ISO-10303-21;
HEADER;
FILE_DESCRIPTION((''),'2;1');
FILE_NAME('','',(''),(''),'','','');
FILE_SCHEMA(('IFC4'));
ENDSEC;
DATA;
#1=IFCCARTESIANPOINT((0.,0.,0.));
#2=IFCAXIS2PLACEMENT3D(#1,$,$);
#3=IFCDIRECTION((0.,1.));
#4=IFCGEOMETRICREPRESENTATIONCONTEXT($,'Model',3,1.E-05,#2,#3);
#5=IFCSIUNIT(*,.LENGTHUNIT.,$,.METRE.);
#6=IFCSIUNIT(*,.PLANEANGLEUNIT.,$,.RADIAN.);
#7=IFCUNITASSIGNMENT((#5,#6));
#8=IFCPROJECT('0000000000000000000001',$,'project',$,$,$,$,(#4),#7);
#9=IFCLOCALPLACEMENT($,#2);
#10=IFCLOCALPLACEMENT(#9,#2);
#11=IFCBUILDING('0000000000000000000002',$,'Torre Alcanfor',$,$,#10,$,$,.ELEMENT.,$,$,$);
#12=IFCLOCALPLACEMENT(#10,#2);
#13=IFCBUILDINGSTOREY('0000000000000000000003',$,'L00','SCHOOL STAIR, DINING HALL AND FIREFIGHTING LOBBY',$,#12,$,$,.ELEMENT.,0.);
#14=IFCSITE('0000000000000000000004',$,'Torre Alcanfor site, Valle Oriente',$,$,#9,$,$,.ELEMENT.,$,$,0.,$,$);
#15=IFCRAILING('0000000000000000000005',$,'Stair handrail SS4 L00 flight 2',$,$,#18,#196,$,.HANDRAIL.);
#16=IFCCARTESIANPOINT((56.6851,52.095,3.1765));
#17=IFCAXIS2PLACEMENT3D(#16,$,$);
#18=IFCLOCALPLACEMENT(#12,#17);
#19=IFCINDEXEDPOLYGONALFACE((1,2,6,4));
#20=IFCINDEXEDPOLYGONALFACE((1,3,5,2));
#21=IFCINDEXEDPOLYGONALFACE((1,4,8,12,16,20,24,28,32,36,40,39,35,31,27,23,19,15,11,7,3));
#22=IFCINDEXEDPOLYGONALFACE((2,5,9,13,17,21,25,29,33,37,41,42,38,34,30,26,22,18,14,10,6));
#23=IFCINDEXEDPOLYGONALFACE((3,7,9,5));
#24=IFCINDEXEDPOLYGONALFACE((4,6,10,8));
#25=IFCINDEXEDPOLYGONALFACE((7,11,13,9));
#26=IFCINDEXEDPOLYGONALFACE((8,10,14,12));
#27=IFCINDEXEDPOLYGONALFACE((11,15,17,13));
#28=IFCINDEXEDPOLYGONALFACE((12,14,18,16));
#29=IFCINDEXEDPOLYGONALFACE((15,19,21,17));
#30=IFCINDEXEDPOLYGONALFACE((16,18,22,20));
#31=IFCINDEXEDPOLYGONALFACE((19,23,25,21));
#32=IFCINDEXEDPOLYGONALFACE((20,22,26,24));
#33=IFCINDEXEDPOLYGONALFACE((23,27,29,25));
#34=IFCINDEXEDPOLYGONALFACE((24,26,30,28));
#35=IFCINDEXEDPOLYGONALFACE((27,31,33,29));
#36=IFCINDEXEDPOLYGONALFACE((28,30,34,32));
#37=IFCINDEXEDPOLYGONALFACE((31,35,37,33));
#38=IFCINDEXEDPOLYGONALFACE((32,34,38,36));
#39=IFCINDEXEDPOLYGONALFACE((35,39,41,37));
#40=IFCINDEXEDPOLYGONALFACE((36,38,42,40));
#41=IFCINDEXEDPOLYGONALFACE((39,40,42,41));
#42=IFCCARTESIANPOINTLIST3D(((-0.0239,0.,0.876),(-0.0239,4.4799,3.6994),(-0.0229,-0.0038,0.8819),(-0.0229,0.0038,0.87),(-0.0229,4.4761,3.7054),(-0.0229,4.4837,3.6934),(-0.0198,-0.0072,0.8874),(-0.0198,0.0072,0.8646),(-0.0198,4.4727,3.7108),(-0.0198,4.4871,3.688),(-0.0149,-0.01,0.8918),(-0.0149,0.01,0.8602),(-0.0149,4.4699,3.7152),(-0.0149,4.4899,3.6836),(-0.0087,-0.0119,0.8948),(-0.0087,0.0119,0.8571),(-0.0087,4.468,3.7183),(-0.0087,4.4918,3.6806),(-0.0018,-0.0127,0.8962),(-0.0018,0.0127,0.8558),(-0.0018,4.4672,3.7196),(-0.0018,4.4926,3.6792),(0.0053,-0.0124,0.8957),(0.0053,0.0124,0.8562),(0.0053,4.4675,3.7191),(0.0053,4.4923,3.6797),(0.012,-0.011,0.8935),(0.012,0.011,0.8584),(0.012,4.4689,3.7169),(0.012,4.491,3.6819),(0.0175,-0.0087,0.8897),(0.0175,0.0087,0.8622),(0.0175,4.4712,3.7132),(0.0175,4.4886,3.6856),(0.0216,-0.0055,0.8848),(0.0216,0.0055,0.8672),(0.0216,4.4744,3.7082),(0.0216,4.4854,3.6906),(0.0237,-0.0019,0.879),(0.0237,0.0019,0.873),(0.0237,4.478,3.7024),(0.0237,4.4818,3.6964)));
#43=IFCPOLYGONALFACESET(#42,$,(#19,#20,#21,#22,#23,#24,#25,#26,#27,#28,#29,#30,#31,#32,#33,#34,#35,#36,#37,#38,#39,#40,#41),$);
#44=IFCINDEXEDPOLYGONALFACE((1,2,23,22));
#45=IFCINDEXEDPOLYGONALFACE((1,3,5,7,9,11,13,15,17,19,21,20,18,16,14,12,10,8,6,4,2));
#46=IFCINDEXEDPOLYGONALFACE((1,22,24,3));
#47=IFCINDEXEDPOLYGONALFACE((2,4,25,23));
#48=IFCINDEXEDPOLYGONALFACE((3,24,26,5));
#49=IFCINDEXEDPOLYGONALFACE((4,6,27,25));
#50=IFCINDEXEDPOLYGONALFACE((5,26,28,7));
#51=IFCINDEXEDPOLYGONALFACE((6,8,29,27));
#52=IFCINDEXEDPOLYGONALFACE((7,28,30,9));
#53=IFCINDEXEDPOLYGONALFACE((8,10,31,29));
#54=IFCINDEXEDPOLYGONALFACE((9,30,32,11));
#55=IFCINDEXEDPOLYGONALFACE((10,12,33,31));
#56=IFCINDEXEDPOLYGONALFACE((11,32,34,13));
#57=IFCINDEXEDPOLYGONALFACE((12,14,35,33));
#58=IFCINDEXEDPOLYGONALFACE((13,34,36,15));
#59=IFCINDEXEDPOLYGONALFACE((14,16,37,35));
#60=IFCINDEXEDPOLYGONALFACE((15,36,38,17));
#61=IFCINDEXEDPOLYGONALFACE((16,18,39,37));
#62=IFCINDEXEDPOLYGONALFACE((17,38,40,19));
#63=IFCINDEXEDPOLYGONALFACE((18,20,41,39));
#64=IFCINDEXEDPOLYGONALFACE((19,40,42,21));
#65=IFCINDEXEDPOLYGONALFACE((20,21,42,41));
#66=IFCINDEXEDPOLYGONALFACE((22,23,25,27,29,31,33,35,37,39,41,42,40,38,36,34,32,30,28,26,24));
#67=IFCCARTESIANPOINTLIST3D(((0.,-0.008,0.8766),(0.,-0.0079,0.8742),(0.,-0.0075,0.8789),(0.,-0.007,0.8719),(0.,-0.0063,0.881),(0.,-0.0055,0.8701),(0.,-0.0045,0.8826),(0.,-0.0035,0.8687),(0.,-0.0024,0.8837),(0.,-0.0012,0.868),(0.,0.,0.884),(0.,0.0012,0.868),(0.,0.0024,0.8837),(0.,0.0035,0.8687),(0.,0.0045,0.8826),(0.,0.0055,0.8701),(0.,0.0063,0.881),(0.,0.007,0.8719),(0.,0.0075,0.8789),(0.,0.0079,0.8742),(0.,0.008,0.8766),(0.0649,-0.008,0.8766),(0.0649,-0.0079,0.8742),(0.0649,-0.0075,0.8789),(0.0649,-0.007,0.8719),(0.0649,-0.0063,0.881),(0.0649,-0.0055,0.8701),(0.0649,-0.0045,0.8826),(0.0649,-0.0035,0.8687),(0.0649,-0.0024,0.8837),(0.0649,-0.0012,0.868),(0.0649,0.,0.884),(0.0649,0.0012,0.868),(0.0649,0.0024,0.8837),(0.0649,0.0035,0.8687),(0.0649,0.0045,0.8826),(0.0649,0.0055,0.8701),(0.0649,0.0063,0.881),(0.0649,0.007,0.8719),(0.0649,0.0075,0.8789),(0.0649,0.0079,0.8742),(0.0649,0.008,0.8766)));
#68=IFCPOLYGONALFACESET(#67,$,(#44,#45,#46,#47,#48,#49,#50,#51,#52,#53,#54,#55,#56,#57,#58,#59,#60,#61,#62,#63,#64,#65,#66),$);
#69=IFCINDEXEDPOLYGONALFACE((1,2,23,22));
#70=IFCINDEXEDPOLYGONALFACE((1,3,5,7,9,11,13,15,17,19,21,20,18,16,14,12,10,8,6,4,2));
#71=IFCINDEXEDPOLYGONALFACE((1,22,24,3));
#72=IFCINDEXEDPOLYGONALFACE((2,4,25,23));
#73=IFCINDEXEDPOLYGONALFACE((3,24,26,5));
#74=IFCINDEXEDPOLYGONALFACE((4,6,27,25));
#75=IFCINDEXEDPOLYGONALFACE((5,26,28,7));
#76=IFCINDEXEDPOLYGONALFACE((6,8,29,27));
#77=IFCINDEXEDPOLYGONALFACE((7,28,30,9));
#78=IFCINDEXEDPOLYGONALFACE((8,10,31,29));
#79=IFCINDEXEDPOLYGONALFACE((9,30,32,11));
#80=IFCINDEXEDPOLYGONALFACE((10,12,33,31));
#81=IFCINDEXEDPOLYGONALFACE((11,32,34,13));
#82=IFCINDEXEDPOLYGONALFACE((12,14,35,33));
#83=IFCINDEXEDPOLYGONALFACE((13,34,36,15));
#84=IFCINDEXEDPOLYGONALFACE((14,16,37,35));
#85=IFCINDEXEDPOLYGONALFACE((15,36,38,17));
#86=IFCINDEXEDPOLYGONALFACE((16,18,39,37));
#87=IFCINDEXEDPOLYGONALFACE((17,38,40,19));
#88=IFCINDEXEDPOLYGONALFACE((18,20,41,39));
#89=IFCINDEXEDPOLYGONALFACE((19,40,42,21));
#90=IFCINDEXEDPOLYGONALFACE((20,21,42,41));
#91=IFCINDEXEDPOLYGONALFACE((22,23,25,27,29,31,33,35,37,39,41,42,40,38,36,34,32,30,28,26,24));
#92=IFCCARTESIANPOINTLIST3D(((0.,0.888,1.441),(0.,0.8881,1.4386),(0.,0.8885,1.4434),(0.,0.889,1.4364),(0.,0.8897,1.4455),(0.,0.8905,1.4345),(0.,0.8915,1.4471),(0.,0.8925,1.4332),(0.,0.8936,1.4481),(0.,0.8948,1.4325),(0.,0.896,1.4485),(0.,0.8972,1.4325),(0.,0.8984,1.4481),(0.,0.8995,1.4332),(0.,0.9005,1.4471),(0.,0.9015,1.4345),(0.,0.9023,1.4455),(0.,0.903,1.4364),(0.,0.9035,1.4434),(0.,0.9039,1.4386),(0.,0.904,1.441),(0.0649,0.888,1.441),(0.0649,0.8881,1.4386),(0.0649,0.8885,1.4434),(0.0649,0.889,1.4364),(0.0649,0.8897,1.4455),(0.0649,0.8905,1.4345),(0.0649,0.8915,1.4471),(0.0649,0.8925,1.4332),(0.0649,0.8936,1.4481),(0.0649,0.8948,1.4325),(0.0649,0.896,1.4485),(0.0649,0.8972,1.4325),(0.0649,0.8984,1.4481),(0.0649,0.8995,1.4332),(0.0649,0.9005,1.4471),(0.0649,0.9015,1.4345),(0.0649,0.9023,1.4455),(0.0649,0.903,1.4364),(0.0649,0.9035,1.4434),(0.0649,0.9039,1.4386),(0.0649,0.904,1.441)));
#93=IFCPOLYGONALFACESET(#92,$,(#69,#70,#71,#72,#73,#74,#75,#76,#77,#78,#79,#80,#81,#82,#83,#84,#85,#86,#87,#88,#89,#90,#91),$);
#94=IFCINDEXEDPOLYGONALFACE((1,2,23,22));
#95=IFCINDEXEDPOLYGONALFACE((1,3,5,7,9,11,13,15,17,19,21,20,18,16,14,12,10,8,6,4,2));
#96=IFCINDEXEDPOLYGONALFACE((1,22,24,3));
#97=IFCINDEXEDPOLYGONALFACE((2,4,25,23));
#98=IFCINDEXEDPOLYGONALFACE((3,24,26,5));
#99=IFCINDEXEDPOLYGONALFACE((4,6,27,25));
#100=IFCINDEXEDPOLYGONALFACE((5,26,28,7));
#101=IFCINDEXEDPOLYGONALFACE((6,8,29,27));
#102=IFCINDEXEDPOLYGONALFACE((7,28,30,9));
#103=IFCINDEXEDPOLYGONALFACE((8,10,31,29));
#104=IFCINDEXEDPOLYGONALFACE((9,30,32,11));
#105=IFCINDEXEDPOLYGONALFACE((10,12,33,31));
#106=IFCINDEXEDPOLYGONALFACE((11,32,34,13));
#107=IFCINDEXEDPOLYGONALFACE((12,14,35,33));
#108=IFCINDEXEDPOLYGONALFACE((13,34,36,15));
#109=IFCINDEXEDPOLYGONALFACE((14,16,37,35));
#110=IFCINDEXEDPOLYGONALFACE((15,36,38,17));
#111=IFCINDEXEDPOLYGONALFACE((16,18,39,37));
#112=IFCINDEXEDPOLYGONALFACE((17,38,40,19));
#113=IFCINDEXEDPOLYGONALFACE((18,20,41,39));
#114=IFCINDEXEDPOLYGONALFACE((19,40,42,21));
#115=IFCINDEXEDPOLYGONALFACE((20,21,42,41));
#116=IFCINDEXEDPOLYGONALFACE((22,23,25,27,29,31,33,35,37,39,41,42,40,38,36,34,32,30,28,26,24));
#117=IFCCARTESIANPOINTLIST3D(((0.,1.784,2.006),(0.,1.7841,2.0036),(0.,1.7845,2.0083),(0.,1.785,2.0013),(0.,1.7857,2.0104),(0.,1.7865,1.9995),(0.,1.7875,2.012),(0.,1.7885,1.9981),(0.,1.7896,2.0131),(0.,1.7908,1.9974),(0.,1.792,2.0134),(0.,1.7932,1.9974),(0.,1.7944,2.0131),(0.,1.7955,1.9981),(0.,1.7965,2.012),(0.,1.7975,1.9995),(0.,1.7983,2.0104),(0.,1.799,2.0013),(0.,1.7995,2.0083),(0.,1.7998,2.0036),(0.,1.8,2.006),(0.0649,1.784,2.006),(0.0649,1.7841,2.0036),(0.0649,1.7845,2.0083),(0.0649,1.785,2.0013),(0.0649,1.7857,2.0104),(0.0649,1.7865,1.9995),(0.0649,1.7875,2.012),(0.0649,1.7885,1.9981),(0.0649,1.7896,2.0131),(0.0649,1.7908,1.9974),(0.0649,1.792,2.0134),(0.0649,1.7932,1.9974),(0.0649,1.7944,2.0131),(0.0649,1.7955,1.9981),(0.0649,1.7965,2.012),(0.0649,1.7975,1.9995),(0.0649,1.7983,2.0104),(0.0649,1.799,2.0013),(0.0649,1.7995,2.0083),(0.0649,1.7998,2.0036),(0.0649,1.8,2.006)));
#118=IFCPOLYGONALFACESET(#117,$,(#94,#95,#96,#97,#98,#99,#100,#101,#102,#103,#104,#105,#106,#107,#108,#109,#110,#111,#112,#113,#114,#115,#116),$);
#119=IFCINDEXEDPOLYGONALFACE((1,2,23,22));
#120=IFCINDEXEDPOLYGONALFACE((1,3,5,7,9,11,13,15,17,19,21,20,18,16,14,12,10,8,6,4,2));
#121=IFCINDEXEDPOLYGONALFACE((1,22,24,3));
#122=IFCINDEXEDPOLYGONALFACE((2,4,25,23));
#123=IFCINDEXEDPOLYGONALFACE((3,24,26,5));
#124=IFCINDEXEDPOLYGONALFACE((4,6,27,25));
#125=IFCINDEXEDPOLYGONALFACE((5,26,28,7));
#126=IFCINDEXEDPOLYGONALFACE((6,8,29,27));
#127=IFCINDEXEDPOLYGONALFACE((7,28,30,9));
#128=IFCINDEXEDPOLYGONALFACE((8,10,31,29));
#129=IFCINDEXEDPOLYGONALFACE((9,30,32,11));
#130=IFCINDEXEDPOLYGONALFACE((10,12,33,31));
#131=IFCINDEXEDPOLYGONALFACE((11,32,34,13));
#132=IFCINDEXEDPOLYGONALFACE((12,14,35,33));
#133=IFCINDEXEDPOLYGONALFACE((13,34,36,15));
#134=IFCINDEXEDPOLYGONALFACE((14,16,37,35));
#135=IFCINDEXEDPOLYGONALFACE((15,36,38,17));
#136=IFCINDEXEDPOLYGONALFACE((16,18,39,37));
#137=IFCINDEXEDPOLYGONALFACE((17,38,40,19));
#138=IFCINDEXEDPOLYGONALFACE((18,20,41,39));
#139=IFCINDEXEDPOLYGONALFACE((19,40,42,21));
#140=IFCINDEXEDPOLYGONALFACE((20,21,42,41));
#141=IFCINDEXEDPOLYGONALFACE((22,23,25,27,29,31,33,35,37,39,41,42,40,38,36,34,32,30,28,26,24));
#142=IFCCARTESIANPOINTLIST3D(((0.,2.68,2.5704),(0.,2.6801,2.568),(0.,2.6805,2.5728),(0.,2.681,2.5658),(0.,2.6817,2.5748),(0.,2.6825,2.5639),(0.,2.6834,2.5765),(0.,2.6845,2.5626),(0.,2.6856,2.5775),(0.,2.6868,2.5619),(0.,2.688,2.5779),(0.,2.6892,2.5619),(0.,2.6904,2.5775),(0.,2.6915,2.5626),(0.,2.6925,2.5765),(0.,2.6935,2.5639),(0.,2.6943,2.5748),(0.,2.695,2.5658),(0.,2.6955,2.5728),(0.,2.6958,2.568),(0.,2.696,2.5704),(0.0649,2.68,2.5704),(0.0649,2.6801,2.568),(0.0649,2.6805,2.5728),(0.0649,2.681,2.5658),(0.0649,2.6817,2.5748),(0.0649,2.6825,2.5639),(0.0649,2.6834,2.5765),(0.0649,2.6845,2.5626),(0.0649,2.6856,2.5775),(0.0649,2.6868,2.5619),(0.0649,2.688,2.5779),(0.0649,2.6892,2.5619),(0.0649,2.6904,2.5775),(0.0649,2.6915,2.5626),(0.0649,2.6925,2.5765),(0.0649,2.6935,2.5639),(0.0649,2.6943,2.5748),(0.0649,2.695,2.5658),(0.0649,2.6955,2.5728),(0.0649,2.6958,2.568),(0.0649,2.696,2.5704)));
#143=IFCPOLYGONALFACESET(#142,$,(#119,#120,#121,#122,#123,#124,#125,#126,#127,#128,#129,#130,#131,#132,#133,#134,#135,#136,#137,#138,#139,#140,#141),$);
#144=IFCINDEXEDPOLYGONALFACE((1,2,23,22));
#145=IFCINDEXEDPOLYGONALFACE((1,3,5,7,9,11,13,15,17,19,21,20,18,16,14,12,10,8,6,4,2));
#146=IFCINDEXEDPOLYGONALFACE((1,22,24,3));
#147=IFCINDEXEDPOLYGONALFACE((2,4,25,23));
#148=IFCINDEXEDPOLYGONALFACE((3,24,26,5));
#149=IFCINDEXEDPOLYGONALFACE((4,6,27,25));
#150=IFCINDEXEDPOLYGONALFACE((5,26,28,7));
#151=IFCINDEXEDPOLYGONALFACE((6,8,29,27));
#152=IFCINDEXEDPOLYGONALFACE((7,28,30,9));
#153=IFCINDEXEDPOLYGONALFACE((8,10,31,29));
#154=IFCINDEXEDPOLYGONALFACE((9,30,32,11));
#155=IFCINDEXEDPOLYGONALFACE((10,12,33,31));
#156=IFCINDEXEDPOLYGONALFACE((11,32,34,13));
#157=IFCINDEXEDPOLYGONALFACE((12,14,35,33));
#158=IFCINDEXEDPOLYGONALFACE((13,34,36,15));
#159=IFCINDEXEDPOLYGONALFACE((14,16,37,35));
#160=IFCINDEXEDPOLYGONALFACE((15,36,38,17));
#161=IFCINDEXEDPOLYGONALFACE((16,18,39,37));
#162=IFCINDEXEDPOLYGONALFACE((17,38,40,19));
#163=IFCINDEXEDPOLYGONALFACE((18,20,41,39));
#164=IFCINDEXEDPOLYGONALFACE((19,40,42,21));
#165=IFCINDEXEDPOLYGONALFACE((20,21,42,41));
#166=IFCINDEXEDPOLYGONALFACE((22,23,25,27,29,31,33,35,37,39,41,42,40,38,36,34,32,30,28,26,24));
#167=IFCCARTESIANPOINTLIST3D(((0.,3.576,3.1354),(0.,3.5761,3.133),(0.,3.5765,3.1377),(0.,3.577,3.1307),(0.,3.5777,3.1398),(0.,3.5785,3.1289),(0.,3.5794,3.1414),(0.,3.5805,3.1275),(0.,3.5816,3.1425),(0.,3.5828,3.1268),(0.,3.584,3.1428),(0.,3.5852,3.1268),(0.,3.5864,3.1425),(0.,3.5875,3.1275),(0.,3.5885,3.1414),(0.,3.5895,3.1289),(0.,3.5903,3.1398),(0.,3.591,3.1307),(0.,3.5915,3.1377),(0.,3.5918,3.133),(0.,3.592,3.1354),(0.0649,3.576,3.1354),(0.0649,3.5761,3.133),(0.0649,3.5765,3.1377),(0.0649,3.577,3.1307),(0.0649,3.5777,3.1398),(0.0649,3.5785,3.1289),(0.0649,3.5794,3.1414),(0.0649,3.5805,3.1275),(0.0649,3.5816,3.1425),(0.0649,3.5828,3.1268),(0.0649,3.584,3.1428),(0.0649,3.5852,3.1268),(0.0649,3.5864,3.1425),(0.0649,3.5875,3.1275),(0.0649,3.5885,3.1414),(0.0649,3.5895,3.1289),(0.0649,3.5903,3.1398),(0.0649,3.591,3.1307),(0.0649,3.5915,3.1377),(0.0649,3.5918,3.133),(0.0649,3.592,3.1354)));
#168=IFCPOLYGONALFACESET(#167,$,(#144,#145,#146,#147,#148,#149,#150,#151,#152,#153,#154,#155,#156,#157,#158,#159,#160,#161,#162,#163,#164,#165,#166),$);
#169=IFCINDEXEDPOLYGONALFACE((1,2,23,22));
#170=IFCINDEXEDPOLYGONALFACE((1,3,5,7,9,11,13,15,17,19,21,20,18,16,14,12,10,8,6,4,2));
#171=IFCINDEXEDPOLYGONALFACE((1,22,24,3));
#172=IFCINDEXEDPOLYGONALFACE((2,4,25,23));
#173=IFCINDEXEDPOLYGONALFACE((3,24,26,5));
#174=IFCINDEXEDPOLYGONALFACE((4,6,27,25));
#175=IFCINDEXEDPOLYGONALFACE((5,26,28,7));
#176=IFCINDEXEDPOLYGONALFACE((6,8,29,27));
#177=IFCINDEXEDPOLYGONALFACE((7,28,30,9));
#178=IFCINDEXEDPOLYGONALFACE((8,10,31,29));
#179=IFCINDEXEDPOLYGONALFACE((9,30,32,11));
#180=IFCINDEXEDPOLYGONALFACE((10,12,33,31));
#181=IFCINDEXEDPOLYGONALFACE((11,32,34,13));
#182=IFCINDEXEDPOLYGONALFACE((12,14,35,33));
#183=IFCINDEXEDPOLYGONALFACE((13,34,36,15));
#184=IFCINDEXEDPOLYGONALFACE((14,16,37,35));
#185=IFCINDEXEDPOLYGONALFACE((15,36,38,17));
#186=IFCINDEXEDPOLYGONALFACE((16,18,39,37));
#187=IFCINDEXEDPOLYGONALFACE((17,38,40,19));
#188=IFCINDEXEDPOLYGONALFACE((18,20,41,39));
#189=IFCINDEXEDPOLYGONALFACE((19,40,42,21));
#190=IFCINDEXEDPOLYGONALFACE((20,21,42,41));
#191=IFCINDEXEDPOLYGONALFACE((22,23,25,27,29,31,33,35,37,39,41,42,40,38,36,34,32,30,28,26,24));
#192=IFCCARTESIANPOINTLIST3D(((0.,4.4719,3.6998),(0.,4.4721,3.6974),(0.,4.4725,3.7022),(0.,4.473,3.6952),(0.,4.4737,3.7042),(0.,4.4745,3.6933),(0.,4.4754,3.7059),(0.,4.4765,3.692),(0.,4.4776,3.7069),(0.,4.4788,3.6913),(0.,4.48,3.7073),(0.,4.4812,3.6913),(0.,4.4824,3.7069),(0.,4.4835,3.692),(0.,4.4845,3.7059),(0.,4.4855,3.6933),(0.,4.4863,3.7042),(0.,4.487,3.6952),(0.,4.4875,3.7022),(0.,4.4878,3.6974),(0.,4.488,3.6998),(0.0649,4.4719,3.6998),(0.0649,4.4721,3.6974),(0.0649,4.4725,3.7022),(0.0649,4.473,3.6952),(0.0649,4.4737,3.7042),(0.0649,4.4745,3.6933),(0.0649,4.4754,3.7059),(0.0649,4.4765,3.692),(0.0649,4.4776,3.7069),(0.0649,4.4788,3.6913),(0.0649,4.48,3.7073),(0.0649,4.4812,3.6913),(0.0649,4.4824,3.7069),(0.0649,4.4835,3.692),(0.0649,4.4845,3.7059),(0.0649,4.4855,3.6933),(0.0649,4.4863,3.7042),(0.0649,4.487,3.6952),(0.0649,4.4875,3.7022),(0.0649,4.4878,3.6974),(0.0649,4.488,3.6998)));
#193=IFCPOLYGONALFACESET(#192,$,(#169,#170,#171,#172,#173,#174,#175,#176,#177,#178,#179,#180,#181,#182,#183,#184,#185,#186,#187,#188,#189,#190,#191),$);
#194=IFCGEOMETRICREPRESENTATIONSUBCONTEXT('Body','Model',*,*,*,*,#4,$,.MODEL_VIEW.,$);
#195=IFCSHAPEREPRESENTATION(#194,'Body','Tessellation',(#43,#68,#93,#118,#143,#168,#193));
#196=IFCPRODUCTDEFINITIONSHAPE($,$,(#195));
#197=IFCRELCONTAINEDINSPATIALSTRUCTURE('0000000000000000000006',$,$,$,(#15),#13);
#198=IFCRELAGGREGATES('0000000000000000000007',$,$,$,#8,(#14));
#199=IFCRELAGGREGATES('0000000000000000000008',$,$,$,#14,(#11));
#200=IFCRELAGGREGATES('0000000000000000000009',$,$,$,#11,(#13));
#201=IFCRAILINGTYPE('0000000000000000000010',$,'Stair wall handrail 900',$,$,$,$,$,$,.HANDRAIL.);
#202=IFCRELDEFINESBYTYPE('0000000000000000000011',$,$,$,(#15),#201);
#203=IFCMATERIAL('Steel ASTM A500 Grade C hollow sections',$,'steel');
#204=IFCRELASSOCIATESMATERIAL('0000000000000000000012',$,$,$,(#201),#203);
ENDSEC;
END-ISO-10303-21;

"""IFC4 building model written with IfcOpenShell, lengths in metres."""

from ifc_helpers import new_model, si_unit, direction, frame, origin, origin_2d, place, context, subcontext, project, spatial, circle, extrude, material, type_object, element, save


model = new_model("IFC4")

# Units and contexts
model_context = context("Model", 3, precision=1e-05, world=origin(), true_north=direction((0.0, 1.0)))
body_context = subcontext(model_context, "Body", "Model", "MODEL_VIEW")
ifc_project = project(units=[si_unit("LENGTHUNIT", "METRE"), si_unit("PLANEANGLEUNIT", "RADIAN")], contexts=[model_context])

# Site, building, storey
site_placement = place(None, origin())
site = spatial("IfcSite", under=ifc_project, at=site_placement, Name="Torre Alcanfor site, Valle Oriente", CompositionType="ELEMENT", RefElevation=0.0)
building_placement = place(site_placement, origin())
building = spatial("IfcBuilding", under=site, at=building_placement, Name="Torre Alcanfor", CompositionType="ELEMENT")
storey_placement = place(building_placement, origin())
storey = spatial("IfcBuildingStorey", under=building, at=storey_placement, Name="L00", Description="SCHOOL STAIR, DINING HALL AND FIREFIGHTING LOBBY", CompositionType="ELEMENT", Elevation=0.0)

# Railing
ifc_material_1 = material(Name="Steel ASTM A500 Grade C hollow sections", Category="steel")
railing_type_1 = type_object("IfcRailingType", Name="Stair wall handrail 900", PredefinedType="HANDRAIL", material=ifc_material_1)
railing_1_placement = place(storey_placement, frame((56.6851, 52.095, 3.1765)))
element("IfcRailing", 1, at=railing_1_placement, inside=storey, type_object=railing_type_1, Name="Stair handrail SS4 L00 flight 2", PredefinedType="HANDRAIL", context=body_context, shape_type="SweptSolid", body=[
    extrude(circle(Radius=0.0239, at=origin_2d()), frame((0.0, 0.0, 0.876), z_axis=(0.0, 0.845998, 0.533186), x_axis=(-1.0, 0.0, 0.0)), (0.0, 0.0, 1.0), 5.2954),
    extrude(circle(Radius=0.0081, at=origin_2d()), frame((0.0, 0.0, 0.876), z_axis=(1.0, 0.0, 0.0), x_axis=(0.0, 0.0, 1.0)), (0.0, 0.0, 1.0), 0.0649),
    extrude(circle(Radius=0.0081, at=origin_2d()), frame((0.0, 0.896, 1.4404), z_axis=(1.0, 0.0, 0.0), x_axis=(0.0, 0.0, 1.0)), (0.0, 0.0, 1.0), 0.0649),
    extrude(circle(Radius=0.0081, at=origin_2d()), frame((0.0, 1.792, 2.0054), z_axis=(1.0, 0.0, 0.0), x_axis=(0.0, 0.0, 1.0)), (0.0, 0.0, 1.0), 0.0649),
    extrude(circle(Radius=0.0081, at=origin_2d()), frame((0.0, 2.688, 2.5698), z_axis=(1.0, 0.0, 0.0), x_axis=(0.0, 0.0, 1.0)), (0.0, 0.0, 1.0), 0.0649),
    extrude(circle(Radius=0.0081, at=origin_2d()), frame((0.0, 3.584, 3.1348), z_axis=(1.0, 0.0, 0.0), x_axis=(0.0, 0.0, 1.0)), (0.0, 0.0, 1.0), 0.0649),
    extrude(circle(Radius=0.0081, at=origin_2d()), frame((0.0, 4.48, 3.6992), z_axis=(1.0, 0.0, 0.0), x_axis=(0.0, 0.0, 1.0)), (0.0, 0.0, 1.0), 0.0649),
])

save(model, "model.ifc")
